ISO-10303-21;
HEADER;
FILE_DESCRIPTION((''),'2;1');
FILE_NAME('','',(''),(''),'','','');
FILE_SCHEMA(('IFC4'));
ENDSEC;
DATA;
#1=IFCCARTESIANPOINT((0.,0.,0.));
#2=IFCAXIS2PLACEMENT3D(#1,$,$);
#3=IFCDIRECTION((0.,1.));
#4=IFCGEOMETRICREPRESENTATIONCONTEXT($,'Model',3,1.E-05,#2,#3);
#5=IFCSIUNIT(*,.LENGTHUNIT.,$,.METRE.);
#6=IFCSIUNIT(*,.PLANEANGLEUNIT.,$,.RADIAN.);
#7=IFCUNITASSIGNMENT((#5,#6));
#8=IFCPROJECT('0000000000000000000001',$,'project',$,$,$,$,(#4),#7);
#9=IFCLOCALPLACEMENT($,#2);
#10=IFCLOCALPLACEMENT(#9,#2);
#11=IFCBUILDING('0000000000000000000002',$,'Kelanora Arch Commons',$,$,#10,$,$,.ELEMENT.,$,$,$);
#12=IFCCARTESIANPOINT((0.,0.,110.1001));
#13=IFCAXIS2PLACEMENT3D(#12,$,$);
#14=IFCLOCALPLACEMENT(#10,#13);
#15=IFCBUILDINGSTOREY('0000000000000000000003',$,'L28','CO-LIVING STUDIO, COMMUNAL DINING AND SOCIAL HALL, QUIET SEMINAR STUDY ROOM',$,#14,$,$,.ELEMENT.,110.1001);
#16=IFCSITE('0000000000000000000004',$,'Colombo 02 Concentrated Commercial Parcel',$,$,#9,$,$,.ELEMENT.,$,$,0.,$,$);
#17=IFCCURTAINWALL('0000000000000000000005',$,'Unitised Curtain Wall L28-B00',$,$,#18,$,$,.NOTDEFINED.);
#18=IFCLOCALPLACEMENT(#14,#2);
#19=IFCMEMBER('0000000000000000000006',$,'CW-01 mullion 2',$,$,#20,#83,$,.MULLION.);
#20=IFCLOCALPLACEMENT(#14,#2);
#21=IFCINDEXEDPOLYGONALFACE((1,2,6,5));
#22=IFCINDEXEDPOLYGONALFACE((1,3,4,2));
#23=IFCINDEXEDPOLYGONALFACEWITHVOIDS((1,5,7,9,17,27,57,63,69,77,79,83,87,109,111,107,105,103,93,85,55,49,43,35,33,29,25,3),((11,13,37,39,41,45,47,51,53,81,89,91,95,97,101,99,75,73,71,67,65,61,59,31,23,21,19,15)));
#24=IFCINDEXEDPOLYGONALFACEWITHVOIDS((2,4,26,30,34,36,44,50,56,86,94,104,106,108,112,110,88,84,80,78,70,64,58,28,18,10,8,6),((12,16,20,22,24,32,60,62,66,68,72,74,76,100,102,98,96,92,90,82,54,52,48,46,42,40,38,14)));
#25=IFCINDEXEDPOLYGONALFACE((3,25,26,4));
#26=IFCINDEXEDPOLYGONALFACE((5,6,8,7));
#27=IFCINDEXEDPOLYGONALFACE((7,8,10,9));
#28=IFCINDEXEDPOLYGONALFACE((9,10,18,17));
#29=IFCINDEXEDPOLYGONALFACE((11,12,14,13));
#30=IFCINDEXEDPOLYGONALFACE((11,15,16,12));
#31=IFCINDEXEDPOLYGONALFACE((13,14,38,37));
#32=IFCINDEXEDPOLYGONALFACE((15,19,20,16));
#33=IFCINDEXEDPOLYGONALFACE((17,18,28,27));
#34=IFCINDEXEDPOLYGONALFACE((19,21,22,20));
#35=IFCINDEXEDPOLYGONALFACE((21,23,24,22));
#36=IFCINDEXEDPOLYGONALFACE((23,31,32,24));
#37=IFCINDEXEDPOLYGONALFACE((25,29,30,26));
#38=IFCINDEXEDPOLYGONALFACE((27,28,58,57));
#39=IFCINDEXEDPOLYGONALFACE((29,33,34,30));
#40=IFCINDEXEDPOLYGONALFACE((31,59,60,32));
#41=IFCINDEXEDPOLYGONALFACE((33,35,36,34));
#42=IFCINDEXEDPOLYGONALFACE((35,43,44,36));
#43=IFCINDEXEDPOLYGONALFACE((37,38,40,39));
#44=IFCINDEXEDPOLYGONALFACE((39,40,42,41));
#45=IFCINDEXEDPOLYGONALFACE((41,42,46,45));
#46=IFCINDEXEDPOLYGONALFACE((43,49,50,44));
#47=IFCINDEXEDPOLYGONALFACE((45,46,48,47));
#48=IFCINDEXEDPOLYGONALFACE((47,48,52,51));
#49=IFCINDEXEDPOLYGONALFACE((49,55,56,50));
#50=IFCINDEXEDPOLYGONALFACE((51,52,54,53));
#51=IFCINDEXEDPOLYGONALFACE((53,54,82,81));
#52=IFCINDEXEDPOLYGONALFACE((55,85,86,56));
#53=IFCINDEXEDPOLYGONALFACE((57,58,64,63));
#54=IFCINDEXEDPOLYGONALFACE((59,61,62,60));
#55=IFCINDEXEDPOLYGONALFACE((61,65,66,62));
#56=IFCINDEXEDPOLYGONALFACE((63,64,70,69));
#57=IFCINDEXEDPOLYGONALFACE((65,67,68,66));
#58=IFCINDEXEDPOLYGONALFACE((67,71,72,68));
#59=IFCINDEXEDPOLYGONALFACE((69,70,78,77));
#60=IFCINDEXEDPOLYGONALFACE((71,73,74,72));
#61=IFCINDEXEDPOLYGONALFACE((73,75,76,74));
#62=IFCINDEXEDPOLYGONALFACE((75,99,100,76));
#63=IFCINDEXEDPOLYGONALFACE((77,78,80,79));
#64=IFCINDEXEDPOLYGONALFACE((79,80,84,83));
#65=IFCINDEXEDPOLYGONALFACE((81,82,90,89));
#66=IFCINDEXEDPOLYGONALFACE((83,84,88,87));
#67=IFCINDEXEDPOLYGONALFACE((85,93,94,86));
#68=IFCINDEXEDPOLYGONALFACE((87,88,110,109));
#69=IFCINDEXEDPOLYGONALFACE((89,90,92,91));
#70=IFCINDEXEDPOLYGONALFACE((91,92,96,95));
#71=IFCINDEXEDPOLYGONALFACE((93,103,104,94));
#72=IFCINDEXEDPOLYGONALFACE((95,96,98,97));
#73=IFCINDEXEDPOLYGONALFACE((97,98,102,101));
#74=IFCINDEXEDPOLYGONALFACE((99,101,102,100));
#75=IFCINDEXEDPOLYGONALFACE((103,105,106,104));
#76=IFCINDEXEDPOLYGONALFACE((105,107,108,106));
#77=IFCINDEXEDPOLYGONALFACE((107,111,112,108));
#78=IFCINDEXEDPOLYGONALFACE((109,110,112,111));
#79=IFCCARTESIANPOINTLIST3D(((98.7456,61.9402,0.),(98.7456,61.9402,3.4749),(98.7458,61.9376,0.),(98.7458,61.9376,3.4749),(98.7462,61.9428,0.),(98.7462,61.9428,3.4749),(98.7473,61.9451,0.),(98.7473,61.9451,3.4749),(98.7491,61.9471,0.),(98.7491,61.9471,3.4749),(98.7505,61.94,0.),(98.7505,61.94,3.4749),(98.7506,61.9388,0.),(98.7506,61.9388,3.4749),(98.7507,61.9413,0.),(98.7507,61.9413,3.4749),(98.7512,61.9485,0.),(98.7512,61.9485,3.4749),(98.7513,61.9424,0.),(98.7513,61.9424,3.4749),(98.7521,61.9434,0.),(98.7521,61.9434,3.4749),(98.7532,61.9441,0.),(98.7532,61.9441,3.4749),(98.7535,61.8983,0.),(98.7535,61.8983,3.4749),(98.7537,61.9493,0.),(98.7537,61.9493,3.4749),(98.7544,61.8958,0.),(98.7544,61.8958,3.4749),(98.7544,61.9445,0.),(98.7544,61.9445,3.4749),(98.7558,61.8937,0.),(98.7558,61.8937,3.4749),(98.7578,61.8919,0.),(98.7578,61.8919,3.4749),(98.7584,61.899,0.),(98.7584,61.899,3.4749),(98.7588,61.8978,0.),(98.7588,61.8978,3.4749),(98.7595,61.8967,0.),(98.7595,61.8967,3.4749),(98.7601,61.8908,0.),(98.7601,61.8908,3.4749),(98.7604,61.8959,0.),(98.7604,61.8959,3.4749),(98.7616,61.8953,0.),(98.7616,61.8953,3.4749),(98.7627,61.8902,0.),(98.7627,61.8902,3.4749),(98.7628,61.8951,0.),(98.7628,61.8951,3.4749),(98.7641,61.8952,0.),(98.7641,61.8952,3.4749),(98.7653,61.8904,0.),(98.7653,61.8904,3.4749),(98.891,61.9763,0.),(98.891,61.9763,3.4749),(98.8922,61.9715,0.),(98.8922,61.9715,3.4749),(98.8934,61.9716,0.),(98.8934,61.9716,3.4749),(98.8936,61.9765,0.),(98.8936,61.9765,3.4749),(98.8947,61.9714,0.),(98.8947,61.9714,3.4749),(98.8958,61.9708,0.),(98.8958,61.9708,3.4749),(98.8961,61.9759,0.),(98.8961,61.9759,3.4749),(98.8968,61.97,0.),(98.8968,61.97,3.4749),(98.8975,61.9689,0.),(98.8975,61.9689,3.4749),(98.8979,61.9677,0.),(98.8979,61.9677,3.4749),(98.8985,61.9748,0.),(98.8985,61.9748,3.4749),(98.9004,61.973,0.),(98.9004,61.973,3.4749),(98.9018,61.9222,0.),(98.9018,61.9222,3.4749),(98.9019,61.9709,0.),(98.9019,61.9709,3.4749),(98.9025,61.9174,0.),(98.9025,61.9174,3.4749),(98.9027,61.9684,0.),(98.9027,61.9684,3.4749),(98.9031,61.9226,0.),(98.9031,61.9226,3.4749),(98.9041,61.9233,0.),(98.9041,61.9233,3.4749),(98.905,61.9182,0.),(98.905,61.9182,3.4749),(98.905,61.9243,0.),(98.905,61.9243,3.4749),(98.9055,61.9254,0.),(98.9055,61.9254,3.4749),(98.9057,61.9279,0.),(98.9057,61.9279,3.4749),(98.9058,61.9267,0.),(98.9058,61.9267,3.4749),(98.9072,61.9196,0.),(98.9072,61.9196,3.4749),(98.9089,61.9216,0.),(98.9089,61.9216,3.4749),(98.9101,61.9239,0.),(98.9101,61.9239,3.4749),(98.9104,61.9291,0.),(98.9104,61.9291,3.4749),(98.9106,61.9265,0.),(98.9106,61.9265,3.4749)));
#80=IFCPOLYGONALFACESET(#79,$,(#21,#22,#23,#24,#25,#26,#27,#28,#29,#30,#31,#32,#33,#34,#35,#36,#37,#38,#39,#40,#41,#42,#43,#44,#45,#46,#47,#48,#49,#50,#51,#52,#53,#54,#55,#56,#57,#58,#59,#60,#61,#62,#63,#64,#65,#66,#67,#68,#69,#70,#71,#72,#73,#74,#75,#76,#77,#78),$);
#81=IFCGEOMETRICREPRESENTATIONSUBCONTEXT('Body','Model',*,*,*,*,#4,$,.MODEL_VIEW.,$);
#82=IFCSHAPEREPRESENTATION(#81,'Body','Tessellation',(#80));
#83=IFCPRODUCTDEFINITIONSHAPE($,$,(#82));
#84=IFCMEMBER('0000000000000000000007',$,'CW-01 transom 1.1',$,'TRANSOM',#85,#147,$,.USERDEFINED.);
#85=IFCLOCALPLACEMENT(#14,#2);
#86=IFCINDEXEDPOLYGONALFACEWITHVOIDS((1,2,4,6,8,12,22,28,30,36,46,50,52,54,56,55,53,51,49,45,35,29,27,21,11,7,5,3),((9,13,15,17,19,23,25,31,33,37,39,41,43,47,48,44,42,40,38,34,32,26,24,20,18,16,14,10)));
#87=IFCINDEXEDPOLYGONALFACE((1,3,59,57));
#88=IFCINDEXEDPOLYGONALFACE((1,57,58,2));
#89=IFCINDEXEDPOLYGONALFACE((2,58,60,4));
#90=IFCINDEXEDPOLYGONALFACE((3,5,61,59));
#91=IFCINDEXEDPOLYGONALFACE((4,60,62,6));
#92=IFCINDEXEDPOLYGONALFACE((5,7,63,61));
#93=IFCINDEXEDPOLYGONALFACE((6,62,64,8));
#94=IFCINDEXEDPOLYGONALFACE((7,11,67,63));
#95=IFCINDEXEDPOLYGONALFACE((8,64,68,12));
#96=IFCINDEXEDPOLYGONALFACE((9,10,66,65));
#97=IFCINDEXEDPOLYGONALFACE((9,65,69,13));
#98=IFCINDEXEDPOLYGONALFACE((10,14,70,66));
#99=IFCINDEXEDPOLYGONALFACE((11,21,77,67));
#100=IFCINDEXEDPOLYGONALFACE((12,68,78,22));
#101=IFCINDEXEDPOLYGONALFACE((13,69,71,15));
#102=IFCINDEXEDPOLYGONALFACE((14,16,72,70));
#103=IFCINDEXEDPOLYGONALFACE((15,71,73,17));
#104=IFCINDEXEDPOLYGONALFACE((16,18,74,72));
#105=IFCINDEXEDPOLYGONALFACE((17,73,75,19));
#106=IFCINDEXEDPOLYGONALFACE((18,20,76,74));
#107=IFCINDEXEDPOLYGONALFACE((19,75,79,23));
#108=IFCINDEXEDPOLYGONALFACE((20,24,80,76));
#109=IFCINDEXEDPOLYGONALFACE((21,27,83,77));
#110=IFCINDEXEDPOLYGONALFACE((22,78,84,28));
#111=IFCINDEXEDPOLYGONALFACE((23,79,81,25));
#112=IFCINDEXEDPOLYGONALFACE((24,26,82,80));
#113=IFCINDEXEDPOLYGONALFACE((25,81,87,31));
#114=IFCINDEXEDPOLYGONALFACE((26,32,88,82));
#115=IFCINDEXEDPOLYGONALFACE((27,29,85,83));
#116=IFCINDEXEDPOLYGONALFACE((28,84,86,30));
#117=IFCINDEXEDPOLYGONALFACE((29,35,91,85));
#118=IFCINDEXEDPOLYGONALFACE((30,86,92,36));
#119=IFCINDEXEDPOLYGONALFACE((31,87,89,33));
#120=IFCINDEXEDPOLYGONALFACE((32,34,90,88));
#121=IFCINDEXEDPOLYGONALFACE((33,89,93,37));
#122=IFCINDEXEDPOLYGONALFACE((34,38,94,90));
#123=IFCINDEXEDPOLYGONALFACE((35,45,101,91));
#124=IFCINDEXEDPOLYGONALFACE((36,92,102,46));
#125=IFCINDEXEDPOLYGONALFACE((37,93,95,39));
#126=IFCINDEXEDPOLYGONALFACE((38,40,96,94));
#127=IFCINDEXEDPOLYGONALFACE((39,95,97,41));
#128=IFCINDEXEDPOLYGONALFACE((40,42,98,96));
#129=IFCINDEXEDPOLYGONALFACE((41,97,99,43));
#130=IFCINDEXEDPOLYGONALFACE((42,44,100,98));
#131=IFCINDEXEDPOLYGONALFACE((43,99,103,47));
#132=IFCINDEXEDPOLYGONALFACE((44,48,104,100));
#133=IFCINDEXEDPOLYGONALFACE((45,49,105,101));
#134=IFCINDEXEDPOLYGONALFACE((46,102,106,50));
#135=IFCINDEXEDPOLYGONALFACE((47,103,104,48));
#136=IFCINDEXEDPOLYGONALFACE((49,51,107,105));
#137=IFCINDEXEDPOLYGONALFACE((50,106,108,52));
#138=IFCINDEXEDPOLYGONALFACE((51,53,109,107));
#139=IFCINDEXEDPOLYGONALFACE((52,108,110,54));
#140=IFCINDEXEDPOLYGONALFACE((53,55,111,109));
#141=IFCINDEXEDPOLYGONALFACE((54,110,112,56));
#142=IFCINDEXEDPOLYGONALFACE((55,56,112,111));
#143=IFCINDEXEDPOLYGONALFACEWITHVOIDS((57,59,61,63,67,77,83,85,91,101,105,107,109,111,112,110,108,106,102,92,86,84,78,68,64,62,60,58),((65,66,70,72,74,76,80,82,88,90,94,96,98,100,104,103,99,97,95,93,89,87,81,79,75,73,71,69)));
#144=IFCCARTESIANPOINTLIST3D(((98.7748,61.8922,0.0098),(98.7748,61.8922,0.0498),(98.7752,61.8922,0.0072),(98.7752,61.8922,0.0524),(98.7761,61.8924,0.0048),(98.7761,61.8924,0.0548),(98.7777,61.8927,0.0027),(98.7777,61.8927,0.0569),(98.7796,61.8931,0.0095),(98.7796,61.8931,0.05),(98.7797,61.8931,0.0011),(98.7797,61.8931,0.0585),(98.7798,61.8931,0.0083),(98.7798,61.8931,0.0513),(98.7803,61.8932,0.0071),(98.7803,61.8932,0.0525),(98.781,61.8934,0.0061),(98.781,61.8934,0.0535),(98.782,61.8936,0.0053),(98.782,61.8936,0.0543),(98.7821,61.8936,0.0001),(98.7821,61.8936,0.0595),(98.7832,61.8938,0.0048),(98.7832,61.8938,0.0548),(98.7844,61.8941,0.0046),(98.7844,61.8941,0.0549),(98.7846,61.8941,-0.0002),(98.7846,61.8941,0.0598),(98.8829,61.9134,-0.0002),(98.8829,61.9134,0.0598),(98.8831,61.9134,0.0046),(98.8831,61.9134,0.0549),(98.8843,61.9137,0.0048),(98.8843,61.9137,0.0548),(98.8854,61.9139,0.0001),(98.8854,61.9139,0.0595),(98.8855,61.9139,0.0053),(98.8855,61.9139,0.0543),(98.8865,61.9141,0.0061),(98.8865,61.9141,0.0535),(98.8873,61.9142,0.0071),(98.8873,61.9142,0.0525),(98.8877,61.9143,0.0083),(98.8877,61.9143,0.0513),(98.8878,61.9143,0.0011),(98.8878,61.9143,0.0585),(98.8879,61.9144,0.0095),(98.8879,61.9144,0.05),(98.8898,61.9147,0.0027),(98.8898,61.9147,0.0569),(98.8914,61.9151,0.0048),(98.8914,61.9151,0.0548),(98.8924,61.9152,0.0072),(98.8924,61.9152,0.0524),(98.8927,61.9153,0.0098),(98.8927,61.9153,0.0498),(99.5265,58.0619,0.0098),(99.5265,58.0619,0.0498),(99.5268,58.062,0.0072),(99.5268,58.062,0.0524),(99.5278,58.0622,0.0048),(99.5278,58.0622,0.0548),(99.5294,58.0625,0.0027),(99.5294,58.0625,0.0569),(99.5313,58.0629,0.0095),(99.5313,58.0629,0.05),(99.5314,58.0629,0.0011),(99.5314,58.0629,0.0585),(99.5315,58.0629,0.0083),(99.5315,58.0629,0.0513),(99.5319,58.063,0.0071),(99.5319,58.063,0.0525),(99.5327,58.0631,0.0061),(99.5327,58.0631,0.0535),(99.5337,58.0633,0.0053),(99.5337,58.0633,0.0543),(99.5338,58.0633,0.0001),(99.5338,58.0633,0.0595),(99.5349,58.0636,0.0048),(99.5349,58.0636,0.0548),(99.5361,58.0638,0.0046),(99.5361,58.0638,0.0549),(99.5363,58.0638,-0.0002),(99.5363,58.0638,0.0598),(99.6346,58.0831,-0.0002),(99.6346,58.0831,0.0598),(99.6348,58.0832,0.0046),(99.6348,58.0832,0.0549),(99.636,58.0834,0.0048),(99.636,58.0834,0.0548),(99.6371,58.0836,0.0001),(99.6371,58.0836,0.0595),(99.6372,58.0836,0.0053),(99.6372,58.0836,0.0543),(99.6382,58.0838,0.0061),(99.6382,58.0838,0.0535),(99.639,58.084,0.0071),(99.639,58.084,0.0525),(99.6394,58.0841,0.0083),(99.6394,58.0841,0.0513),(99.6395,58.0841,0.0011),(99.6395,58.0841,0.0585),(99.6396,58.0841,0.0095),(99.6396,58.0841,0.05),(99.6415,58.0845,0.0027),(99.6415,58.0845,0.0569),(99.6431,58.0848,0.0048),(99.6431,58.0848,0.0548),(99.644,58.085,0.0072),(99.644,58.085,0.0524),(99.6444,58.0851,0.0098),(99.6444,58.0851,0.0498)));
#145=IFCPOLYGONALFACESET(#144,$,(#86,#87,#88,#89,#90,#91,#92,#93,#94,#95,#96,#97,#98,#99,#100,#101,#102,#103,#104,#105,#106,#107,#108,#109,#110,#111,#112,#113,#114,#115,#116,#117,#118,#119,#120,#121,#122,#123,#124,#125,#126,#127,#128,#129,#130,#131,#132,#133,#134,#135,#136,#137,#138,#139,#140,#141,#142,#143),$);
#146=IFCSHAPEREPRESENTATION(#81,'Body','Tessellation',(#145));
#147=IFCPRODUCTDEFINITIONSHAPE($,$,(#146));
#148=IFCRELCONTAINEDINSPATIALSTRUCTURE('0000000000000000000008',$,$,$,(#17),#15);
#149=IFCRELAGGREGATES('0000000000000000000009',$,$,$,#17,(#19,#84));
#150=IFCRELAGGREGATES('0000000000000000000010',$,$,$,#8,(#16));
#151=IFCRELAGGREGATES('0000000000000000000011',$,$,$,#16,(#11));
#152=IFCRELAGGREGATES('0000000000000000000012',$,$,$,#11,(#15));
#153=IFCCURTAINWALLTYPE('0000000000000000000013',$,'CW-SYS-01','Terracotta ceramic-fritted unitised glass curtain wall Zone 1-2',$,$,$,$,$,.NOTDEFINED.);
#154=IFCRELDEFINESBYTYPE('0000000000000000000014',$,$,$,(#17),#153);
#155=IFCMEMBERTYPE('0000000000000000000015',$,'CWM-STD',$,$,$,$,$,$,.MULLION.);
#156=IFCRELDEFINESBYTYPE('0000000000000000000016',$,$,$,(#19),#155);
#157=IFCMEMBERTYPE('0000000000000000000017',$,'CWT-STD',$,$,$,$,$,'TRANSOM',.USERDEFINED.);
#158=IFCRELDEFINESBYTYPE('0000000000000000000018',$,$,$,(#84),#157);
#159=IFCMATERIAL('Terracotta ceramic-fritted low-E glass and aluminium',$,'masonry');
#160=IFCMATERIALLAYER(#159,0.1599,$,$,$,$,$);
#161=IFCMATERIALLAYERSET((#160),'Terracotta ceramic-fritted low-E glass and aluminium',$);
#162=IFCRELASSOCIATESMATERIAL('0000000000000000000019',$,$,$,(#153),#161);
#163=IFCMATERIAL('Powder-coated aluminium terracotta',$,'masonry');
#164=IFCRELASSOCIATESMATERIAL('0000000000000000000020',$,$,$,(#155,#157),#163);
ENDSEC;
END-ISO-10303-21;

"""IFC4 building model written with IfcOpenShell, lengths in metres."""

from ifc_helpers import new_model, si_unit, direction, frame, origin, origin_2d, place, context, subcontext, project, spatial, hollow_rectangle, extrude, material, layer, layer_set, material_profile, profile_set, type_object, element, aggregate, save


model = new_model("IFC4")

# Units and contexts
model_context = context("Model", 3, precision=1e-05, world=origin(), true_north=direction((0.0, 1.0)))
body_context = subcontext(model_context, "Body", "Model", "MODEL_VIEW")
ifc_project = project(units=[si_unit("LENGTHUNIT", "METRE"), si_unit("PLANEANGLEUNIT", "RADIAN")], contexts=[model_context])

# Site, building, storey
site_placement = place(None, origin())
site = spatial("IfcSite", under=ifc_project, at=site_placement, Name="Colombo 02 Concentrated Commercial Parcel", CompositionType="ELEMENT", RefElevation=0.0)
building_placement = place(site_placement, origin())
building = spatial("IfcBuilding", under=site, at=building_placement, Name="Kelanora Arch Commons", CompositionType="ELEMENT")
storey_placement = place(building_placement, frame((0.0, 0.0, 110.1001)))
storey = spatial("IfcBuildingStorey", under=building, at=storey_placement, Name="L28", Description="CO-LIVING STUDIO, COMMUNAL DINING AND SOCIAL HALL, QUIET SEMINAR STUDY ROOM", CompositionType="ELEMENT", Elevation=110.1001)

# Curtain wall, members
ifc_material_1 = material(Name="Terracotta ceramic-fritted low-E glass and aluminium", Category="masonry")
ifc_layer_1 = layer(ifc_material_1, 0.1599)
ifc_layer_set_1 = layer_set([ifc_layer_1], Name="Terracotta ceramic-fritted low-E glass and aluminium")
curtain_wall_type = type_object("IfcCurtainWallType", Name="CW-SYS-01", Description="Terracotta ceramic-fritted unitised glass curtain wall Zone 1-2", PredefinedType="NOTDEFINED", material=ifc_layer_set_1)
curtain_wall_placement = place(storey_placement, origin())
curtain_wall = element("IfcCurtainWall", 1, at=curtain_wall_placement, inside=storey, type_object=curtain_wall_type, Name="Unitised Curtain Wall L28-B00", PredefinedType="NOTDEFINED")
ifc_material_2 = material(Name="Powder-coated aluminium terracotta", Category="masonry")
ifc_material_profile_1 = material_profile(ifc_material_2, hollow_rectangle(XDim=0.1599, YDim=0.0601, WallThickness=0.0049, InnerFilletRadius=0.0049, OuterFilletRadius=0.01, at=origin_2d()), Name="CWM160x60")
ifc_profile_set_1 = profile_set([ifc_material_profile_1], Name="Powder-coated aluminium terracotta")
member_type_1 = type_object("IfcMemberType", Name="CWM-STD", PredefinedType="MULLION", material=ifc_profile_set_1)
member_1_placement = place(storey_placement, frame((98.8281, 61.9333, 0.0), z_axis=(0.0, 0.0, 1.0), x_axis=(-0.98128, -0.192585, 0.0)))
member_1 = element("IfcMember", 2, at=member_1_placement, type_object=member_type_1, Name="CW-01 mullion 2", PredefinedType="MULLION", context=body_context, shape_type="SweptSolid", body=[
    extrude(hollow_rectangle(XDim=0.1599, YDim=0.0601, WallThickness=0.0049, InnerFilletRadius=0.0049, OuterFilletRadius=0.01, at=origin_2d()), origin(), (0.0, 0.0, 1.0), 3.4749),
])
ifc_material_profile_2 = material_profile(ifc_material_2, hollow_rectangle(XDim=0.1201, YDim=0.0601, WallThickness=0.0049, InnerFilletRadius=0.0049, OuterFilletRadius=0.01, at=origin_2d()), Name="CWT120x60")
ifc_profile_set_2 = profile_set([ifc_material_profile_2], Name="Powder-coated aluminium terracotta")
member_type_2 = type_object("IfcMemberType", Name="CWT-STD", ElementType="TRANSOM", PredefinedType="USERDEFINED", material=ifc_profile_set_2)
member_2_placement = place(storey_placement, frame((99.5854, 58.0735, 0.0298), z_axis=(-0.192579, 0.981282, 0.0), x_axis=(-0.981282, -0.192579, 0.0)))
member_2 = element("IfcMember", 3, at=member_2_placement, type_object=member_type_2, Name="CW-01 transom 1.1", ObjectType="TRANSOM", PredefinedType="USERDEFINED", context=body_context, shape_type="SweptSolid", body=[
    extrude(hollow_rectangle(XDim=0.1201, YDim=0.0601, WallThickness=0.0049, InnerFilletRadius=0.0049, OuterFilletRadius=0.01, at=origin_2d()), origin(), (0.0, 0.0, 1.0), 3.9033),
])
aggregate(curtain_wall, [member_1, member_2])

save(model, "model.ifc")
